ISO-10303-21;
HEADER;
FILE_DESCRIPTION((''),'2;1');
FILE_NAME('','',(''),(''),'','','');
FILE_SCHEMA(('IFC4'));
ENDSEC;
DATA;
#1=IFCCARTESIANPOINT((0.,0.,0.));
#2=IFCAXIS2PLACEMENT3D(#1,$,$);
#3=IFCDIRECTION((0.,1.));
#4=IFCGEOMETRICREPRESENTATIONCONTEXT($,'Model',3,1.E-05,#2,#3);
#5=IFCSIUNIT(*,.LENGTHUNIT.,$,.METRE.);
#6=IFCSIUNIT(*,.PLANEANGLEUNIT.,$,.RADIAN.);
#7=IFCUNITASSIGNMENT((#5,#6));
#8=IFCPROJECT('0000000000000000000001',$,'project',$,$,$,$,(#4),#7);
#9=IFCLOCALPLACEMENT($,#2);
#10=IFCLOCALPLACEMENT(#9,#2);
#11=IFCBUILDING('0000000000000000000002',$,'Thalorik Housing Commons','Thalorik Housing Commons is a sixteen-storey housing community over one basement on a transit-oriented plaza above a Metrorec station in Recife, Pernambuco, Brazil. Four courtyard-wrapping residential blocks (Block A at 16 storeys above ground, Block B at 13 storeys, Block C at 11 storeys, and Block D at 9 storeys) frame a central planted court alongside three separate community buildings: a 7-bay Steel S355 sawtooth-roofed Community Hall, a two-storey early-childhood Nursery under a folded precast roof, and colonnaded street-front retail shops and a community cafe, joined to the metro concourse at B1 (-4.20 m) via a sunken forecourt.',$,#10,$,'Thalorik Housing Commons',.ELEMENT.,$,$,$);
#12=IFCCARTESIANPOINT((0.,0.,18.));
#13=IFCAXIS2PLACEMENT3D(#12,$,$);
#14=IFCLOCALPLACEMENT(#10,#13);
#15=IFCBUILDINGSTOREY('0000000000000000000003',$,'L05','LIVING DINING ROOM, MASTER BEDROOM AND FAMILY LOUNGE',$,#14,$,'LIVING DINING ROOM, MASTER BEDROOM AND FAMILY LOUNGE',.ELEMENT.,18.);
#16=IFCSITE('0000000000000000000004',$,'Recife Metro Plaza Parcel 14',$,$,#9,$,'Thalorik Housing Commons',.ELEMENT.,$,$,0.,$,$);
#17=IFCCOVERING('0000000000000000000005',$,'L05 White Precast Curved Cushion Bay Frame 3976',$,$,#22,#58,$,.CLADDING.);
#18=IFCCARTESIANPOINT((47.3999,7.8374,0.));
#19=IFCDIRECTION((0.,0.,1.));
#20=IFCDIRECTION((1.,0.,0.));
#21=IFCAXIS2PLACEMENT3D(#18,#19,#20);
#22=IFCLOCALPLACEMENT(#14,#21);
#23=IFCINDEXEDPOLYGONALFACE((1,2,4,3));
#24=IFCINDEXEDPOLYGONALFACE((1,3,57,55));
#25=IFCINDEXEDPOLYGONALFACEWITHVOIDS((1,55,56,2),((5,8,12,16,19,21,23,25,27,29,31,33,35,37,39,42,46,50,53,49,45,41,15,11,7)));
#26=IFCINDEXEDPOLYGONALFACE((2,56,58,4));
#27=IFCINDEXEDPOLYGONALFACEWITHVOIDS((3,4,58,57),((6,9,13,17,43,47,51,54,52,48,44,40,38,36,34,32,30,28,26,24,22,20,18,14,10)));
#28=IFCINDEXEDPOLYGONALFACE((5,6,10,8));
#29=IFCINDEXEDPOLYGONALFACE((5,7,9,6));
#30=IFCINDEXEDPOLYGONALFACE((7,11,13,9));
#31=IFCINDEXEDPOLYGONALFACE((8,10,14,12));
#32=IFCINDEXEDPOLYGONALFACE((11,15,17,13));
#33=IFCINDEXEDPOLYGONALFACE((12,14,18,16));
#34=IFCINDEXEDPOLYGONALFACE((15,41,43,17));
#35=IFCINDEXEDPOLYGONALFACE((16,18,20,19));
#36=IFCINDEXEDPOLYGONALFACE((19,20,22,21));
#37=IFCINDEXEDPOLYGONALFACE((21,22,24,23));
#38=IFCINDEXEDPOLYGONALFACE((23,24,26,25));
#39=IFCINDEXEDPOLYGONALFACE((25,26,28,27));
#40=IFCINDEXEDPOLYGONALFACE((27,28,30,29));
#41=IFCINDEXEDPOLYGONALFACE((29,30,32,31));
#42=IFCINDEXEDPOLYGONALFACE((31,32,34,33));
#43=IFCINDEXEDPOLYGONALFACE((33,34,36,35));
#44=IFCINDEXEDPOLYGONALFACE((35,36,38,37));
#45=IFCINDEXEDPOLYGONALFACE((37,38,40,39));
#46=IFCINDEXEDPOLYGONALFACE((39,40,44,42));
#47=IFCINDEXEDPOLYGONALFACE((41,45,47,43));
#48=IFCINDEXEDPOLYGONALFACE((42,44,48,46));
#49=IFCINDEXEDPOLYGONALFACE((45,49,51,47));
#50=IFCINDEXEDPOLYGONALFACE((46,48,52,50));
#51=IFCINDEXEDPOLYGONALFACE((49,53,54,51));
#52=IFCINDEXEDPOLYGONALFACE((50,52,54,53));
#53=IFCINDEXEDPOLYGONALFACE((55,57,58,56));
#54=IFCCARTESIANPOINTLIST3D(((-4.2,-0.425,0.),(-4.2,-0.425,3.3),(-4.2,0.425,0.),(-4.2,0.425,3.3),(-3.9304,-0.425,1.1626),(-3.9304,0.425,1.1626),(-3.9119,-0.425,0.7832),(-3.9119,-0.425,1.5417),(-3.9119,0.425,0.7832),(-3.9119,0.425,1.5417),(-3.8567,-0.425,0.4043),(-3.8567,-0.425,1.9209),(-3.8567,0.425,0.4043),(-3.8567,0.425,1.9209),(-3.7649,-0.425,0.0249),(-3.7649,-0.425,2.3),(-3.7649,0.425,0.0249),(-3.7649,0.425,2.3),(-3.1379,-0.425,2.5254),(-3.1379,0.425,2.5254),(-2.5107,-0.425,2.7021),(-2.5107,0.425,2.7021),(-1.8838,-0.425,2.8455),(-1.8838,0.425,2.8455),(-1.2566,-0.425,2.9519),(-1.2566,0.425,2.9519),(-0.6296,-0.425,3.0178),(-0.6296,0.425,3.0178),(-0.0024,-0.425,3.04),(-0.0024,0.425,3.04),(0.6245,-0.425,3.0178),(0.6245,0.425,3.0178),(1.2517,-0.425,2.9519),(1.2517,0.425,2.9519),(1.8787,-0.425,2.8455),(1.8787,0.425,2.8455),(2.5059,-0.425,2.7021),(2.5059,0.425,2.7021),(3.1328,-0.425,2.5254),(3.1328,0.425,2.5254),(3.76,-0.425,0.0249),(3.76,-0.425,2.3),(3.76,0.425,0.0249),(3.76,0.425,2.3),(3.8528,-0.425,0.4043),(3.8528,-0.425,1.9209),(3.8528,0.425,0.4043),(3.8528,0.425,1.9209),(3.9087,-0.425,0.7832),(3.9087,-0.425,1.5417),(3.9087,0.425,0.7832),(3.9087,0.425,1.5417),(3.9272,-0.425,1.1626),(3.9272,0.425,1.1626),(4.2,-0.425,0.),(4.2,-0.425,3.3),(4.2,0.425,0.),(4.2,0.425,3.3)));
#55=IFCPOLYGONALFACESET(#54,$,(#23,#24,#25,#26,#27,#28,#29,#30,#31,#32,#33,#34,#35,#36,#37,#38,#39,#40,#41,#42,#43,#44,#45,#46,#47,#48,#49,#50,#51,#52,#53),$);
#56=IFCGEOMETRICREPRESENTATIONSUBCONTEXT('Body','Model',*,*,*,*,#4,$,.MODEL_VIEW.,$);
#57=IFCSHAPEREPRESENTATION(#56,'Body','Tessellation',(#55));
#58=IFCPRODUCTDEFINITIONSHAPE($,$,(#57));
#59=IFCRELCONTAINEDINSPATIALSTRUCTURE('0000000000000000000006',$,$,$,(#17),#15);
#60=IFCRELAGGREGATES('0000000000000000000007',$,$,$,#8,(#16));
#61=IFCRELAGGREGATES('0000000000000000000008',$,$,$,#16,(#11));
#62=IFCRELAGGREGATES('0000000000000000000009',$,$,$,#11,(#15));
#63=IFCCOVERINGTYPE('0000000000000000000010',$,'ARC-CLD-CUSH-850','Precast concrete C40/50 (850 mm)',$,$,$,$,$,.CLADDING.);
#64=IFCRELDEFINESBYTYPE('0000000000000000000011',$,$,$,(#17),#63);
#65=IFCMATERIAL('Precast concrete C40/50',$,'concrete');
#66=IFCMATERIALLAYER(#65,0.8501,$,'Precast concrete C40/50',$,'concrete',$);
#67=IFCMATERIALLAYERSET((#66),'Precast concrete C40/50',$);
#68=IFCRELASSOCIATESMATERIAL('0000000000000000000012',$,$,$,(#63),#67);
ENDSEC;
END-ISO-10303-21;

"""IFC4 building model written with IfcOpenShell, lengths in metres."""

from ifc_helpers import new_model, si_unit, direction, frame, origin, place, context, subcontext, project, spatial, polyline, outline, extrude, material, layer, layer_set, type_object, element, save


model = new_model("IFC4")

# Units and contexts
model_context = context("Model", 3, precision=1e-05, world=origin(), true_north=direction((0.0, 1.0)))
body_context = subcontext(model_context, "Body", "Model", "MODEL_VIEW")
ifc_project = project(units=[si_unit("LENGTHUNIT", "METRE"), si_unit("PLANEANGLEUNIT", "RADIAN")], contexts=[model_context])

# Site, building, storey
site_placement = place(None, origin())
site = spatial("IfcSite", under=ifc_project, at=site_placement, Name="Recife Metro Plaza Parcel 14", LongName="Thalorik Housing Commons", CompositionType="ELEMENT", RefElevation=0.0)
building_placement = place(site_placement, origin())
building = spatial("IfcBuilding", under=site, at=building_placement, Name="Thalorik Housing Commons", Description="Thalorik Housing Commons is a sixteen-storey housing community over one basement on a transit-oriented plaza above a Metrorec station in Recife, Pernambuco, Brazil. Four courtyard-wrapping residential blocks (Block A at 16 storeys above ground, Block B at 13 storeys, Block C at 11 storeys, and Block D at 9 storeys) frame a central planted court alongside three separate community buildings: a 7-bay Steel S355 sawtooth-roofed Community Hall, a two-storey early-childhood Nursery under a folded precast roof, and colonnaded street-front retail shops and a community cafe, joined to the metro concourse at B1 (-4.20 m) via a sunken forecourt.", LongName="Thalorik Housing Commons", CompositionType="ELEMENT")
storey_placement = place(building_placement, frame((0.0, 0.0, 18.0)))
storey = spatial("IfcBuildingStorey", under=building, at=storey_placement, Name="L05", Description="LIVING DINING ROOM, MASTER BEDROOM AND FAMILY LOUNGE", LongName="LIVING DINING ROOM, MASTER BEDROOM AND FAMILY LOUNGE", CompositionType="ELEMENT", Elevation=18.0)

# Shared definitions
ifc_material_1 = material(Name="Precast concrete C40/50", Category="concrete")

# Covering
ifc_layer_1 = layer(ifc_material_1, 0.8501, Name="Precast concrete C40/50", Category="concrete")
ifc_layer_set_1 = layer_set([ifc_layer_1], Name="Precast concrete C40/50")
covering_type_1 = type_object("IfcCoveringType", Name="ARC-CLD-CUSH-850", Description="Precast concrete C40/50 (850 mm)", PredefinedType="CLADDING", material=ifc_layer_set_1)
covering_1_placement = place(storey_placement, frame((47.3999, 7.8374, 0.0), z_axis=(0.0, 0.0, 1.0), x_axis=(1.0, 0.0, 0.0)))
element("IfcCovering", 1, at=covering_1_placement, inside=storey, type_object=covering_type_1, Name="L05 White Precast Curved Cushion Bay Frame 3976", PredefinedType="CLADDING", context=body_context, shape_type="SweptSolid", body=[
    extrude(outline(polyline([(-4.2, 0.0), (4.2, 0.0), (4.2, 3.3), (-4.2, 3.3), (-4.2, 0.0)]), holes=[polyline([(3.76, 0.0249), (3.8528, 0.4043), (3.9087, 0.7832), (3.9272, 1.1626), (3.9087, 1.5417), (3.8528, 1.9209), (3.76, 2.3), (3.1328, 2.5254), (2.5059, 2.7021), (1.8787, 2.8455), (1.2517, 2.9519), (0.6245, 3.0178), (-0.0024, 3.04), (-0.6296, 3.0178), (-1.2566, 2.9519), (-1.8838, 2.8455), (-2.5107, 2.7021), (-3.1379, 2.5254), (-3.7649, 2.3), (-3.8567, 1.9209), (-3.9119, 1.5417), (-3.9304, 1.1626), (-3.9119, 0.7832), (-3.8567, 0.4043), (-3.7649, 0.0249), (3.76, 0.0249)])]), frame((0.0, 0.425, 0.0), z_axis=(0.0, -1.0, 0.0), x_axis=(1.0, 0.0, 0.0)), (0.0, 0.0, 1.0), 0.8501),
])

save(model, "model.ifc")
